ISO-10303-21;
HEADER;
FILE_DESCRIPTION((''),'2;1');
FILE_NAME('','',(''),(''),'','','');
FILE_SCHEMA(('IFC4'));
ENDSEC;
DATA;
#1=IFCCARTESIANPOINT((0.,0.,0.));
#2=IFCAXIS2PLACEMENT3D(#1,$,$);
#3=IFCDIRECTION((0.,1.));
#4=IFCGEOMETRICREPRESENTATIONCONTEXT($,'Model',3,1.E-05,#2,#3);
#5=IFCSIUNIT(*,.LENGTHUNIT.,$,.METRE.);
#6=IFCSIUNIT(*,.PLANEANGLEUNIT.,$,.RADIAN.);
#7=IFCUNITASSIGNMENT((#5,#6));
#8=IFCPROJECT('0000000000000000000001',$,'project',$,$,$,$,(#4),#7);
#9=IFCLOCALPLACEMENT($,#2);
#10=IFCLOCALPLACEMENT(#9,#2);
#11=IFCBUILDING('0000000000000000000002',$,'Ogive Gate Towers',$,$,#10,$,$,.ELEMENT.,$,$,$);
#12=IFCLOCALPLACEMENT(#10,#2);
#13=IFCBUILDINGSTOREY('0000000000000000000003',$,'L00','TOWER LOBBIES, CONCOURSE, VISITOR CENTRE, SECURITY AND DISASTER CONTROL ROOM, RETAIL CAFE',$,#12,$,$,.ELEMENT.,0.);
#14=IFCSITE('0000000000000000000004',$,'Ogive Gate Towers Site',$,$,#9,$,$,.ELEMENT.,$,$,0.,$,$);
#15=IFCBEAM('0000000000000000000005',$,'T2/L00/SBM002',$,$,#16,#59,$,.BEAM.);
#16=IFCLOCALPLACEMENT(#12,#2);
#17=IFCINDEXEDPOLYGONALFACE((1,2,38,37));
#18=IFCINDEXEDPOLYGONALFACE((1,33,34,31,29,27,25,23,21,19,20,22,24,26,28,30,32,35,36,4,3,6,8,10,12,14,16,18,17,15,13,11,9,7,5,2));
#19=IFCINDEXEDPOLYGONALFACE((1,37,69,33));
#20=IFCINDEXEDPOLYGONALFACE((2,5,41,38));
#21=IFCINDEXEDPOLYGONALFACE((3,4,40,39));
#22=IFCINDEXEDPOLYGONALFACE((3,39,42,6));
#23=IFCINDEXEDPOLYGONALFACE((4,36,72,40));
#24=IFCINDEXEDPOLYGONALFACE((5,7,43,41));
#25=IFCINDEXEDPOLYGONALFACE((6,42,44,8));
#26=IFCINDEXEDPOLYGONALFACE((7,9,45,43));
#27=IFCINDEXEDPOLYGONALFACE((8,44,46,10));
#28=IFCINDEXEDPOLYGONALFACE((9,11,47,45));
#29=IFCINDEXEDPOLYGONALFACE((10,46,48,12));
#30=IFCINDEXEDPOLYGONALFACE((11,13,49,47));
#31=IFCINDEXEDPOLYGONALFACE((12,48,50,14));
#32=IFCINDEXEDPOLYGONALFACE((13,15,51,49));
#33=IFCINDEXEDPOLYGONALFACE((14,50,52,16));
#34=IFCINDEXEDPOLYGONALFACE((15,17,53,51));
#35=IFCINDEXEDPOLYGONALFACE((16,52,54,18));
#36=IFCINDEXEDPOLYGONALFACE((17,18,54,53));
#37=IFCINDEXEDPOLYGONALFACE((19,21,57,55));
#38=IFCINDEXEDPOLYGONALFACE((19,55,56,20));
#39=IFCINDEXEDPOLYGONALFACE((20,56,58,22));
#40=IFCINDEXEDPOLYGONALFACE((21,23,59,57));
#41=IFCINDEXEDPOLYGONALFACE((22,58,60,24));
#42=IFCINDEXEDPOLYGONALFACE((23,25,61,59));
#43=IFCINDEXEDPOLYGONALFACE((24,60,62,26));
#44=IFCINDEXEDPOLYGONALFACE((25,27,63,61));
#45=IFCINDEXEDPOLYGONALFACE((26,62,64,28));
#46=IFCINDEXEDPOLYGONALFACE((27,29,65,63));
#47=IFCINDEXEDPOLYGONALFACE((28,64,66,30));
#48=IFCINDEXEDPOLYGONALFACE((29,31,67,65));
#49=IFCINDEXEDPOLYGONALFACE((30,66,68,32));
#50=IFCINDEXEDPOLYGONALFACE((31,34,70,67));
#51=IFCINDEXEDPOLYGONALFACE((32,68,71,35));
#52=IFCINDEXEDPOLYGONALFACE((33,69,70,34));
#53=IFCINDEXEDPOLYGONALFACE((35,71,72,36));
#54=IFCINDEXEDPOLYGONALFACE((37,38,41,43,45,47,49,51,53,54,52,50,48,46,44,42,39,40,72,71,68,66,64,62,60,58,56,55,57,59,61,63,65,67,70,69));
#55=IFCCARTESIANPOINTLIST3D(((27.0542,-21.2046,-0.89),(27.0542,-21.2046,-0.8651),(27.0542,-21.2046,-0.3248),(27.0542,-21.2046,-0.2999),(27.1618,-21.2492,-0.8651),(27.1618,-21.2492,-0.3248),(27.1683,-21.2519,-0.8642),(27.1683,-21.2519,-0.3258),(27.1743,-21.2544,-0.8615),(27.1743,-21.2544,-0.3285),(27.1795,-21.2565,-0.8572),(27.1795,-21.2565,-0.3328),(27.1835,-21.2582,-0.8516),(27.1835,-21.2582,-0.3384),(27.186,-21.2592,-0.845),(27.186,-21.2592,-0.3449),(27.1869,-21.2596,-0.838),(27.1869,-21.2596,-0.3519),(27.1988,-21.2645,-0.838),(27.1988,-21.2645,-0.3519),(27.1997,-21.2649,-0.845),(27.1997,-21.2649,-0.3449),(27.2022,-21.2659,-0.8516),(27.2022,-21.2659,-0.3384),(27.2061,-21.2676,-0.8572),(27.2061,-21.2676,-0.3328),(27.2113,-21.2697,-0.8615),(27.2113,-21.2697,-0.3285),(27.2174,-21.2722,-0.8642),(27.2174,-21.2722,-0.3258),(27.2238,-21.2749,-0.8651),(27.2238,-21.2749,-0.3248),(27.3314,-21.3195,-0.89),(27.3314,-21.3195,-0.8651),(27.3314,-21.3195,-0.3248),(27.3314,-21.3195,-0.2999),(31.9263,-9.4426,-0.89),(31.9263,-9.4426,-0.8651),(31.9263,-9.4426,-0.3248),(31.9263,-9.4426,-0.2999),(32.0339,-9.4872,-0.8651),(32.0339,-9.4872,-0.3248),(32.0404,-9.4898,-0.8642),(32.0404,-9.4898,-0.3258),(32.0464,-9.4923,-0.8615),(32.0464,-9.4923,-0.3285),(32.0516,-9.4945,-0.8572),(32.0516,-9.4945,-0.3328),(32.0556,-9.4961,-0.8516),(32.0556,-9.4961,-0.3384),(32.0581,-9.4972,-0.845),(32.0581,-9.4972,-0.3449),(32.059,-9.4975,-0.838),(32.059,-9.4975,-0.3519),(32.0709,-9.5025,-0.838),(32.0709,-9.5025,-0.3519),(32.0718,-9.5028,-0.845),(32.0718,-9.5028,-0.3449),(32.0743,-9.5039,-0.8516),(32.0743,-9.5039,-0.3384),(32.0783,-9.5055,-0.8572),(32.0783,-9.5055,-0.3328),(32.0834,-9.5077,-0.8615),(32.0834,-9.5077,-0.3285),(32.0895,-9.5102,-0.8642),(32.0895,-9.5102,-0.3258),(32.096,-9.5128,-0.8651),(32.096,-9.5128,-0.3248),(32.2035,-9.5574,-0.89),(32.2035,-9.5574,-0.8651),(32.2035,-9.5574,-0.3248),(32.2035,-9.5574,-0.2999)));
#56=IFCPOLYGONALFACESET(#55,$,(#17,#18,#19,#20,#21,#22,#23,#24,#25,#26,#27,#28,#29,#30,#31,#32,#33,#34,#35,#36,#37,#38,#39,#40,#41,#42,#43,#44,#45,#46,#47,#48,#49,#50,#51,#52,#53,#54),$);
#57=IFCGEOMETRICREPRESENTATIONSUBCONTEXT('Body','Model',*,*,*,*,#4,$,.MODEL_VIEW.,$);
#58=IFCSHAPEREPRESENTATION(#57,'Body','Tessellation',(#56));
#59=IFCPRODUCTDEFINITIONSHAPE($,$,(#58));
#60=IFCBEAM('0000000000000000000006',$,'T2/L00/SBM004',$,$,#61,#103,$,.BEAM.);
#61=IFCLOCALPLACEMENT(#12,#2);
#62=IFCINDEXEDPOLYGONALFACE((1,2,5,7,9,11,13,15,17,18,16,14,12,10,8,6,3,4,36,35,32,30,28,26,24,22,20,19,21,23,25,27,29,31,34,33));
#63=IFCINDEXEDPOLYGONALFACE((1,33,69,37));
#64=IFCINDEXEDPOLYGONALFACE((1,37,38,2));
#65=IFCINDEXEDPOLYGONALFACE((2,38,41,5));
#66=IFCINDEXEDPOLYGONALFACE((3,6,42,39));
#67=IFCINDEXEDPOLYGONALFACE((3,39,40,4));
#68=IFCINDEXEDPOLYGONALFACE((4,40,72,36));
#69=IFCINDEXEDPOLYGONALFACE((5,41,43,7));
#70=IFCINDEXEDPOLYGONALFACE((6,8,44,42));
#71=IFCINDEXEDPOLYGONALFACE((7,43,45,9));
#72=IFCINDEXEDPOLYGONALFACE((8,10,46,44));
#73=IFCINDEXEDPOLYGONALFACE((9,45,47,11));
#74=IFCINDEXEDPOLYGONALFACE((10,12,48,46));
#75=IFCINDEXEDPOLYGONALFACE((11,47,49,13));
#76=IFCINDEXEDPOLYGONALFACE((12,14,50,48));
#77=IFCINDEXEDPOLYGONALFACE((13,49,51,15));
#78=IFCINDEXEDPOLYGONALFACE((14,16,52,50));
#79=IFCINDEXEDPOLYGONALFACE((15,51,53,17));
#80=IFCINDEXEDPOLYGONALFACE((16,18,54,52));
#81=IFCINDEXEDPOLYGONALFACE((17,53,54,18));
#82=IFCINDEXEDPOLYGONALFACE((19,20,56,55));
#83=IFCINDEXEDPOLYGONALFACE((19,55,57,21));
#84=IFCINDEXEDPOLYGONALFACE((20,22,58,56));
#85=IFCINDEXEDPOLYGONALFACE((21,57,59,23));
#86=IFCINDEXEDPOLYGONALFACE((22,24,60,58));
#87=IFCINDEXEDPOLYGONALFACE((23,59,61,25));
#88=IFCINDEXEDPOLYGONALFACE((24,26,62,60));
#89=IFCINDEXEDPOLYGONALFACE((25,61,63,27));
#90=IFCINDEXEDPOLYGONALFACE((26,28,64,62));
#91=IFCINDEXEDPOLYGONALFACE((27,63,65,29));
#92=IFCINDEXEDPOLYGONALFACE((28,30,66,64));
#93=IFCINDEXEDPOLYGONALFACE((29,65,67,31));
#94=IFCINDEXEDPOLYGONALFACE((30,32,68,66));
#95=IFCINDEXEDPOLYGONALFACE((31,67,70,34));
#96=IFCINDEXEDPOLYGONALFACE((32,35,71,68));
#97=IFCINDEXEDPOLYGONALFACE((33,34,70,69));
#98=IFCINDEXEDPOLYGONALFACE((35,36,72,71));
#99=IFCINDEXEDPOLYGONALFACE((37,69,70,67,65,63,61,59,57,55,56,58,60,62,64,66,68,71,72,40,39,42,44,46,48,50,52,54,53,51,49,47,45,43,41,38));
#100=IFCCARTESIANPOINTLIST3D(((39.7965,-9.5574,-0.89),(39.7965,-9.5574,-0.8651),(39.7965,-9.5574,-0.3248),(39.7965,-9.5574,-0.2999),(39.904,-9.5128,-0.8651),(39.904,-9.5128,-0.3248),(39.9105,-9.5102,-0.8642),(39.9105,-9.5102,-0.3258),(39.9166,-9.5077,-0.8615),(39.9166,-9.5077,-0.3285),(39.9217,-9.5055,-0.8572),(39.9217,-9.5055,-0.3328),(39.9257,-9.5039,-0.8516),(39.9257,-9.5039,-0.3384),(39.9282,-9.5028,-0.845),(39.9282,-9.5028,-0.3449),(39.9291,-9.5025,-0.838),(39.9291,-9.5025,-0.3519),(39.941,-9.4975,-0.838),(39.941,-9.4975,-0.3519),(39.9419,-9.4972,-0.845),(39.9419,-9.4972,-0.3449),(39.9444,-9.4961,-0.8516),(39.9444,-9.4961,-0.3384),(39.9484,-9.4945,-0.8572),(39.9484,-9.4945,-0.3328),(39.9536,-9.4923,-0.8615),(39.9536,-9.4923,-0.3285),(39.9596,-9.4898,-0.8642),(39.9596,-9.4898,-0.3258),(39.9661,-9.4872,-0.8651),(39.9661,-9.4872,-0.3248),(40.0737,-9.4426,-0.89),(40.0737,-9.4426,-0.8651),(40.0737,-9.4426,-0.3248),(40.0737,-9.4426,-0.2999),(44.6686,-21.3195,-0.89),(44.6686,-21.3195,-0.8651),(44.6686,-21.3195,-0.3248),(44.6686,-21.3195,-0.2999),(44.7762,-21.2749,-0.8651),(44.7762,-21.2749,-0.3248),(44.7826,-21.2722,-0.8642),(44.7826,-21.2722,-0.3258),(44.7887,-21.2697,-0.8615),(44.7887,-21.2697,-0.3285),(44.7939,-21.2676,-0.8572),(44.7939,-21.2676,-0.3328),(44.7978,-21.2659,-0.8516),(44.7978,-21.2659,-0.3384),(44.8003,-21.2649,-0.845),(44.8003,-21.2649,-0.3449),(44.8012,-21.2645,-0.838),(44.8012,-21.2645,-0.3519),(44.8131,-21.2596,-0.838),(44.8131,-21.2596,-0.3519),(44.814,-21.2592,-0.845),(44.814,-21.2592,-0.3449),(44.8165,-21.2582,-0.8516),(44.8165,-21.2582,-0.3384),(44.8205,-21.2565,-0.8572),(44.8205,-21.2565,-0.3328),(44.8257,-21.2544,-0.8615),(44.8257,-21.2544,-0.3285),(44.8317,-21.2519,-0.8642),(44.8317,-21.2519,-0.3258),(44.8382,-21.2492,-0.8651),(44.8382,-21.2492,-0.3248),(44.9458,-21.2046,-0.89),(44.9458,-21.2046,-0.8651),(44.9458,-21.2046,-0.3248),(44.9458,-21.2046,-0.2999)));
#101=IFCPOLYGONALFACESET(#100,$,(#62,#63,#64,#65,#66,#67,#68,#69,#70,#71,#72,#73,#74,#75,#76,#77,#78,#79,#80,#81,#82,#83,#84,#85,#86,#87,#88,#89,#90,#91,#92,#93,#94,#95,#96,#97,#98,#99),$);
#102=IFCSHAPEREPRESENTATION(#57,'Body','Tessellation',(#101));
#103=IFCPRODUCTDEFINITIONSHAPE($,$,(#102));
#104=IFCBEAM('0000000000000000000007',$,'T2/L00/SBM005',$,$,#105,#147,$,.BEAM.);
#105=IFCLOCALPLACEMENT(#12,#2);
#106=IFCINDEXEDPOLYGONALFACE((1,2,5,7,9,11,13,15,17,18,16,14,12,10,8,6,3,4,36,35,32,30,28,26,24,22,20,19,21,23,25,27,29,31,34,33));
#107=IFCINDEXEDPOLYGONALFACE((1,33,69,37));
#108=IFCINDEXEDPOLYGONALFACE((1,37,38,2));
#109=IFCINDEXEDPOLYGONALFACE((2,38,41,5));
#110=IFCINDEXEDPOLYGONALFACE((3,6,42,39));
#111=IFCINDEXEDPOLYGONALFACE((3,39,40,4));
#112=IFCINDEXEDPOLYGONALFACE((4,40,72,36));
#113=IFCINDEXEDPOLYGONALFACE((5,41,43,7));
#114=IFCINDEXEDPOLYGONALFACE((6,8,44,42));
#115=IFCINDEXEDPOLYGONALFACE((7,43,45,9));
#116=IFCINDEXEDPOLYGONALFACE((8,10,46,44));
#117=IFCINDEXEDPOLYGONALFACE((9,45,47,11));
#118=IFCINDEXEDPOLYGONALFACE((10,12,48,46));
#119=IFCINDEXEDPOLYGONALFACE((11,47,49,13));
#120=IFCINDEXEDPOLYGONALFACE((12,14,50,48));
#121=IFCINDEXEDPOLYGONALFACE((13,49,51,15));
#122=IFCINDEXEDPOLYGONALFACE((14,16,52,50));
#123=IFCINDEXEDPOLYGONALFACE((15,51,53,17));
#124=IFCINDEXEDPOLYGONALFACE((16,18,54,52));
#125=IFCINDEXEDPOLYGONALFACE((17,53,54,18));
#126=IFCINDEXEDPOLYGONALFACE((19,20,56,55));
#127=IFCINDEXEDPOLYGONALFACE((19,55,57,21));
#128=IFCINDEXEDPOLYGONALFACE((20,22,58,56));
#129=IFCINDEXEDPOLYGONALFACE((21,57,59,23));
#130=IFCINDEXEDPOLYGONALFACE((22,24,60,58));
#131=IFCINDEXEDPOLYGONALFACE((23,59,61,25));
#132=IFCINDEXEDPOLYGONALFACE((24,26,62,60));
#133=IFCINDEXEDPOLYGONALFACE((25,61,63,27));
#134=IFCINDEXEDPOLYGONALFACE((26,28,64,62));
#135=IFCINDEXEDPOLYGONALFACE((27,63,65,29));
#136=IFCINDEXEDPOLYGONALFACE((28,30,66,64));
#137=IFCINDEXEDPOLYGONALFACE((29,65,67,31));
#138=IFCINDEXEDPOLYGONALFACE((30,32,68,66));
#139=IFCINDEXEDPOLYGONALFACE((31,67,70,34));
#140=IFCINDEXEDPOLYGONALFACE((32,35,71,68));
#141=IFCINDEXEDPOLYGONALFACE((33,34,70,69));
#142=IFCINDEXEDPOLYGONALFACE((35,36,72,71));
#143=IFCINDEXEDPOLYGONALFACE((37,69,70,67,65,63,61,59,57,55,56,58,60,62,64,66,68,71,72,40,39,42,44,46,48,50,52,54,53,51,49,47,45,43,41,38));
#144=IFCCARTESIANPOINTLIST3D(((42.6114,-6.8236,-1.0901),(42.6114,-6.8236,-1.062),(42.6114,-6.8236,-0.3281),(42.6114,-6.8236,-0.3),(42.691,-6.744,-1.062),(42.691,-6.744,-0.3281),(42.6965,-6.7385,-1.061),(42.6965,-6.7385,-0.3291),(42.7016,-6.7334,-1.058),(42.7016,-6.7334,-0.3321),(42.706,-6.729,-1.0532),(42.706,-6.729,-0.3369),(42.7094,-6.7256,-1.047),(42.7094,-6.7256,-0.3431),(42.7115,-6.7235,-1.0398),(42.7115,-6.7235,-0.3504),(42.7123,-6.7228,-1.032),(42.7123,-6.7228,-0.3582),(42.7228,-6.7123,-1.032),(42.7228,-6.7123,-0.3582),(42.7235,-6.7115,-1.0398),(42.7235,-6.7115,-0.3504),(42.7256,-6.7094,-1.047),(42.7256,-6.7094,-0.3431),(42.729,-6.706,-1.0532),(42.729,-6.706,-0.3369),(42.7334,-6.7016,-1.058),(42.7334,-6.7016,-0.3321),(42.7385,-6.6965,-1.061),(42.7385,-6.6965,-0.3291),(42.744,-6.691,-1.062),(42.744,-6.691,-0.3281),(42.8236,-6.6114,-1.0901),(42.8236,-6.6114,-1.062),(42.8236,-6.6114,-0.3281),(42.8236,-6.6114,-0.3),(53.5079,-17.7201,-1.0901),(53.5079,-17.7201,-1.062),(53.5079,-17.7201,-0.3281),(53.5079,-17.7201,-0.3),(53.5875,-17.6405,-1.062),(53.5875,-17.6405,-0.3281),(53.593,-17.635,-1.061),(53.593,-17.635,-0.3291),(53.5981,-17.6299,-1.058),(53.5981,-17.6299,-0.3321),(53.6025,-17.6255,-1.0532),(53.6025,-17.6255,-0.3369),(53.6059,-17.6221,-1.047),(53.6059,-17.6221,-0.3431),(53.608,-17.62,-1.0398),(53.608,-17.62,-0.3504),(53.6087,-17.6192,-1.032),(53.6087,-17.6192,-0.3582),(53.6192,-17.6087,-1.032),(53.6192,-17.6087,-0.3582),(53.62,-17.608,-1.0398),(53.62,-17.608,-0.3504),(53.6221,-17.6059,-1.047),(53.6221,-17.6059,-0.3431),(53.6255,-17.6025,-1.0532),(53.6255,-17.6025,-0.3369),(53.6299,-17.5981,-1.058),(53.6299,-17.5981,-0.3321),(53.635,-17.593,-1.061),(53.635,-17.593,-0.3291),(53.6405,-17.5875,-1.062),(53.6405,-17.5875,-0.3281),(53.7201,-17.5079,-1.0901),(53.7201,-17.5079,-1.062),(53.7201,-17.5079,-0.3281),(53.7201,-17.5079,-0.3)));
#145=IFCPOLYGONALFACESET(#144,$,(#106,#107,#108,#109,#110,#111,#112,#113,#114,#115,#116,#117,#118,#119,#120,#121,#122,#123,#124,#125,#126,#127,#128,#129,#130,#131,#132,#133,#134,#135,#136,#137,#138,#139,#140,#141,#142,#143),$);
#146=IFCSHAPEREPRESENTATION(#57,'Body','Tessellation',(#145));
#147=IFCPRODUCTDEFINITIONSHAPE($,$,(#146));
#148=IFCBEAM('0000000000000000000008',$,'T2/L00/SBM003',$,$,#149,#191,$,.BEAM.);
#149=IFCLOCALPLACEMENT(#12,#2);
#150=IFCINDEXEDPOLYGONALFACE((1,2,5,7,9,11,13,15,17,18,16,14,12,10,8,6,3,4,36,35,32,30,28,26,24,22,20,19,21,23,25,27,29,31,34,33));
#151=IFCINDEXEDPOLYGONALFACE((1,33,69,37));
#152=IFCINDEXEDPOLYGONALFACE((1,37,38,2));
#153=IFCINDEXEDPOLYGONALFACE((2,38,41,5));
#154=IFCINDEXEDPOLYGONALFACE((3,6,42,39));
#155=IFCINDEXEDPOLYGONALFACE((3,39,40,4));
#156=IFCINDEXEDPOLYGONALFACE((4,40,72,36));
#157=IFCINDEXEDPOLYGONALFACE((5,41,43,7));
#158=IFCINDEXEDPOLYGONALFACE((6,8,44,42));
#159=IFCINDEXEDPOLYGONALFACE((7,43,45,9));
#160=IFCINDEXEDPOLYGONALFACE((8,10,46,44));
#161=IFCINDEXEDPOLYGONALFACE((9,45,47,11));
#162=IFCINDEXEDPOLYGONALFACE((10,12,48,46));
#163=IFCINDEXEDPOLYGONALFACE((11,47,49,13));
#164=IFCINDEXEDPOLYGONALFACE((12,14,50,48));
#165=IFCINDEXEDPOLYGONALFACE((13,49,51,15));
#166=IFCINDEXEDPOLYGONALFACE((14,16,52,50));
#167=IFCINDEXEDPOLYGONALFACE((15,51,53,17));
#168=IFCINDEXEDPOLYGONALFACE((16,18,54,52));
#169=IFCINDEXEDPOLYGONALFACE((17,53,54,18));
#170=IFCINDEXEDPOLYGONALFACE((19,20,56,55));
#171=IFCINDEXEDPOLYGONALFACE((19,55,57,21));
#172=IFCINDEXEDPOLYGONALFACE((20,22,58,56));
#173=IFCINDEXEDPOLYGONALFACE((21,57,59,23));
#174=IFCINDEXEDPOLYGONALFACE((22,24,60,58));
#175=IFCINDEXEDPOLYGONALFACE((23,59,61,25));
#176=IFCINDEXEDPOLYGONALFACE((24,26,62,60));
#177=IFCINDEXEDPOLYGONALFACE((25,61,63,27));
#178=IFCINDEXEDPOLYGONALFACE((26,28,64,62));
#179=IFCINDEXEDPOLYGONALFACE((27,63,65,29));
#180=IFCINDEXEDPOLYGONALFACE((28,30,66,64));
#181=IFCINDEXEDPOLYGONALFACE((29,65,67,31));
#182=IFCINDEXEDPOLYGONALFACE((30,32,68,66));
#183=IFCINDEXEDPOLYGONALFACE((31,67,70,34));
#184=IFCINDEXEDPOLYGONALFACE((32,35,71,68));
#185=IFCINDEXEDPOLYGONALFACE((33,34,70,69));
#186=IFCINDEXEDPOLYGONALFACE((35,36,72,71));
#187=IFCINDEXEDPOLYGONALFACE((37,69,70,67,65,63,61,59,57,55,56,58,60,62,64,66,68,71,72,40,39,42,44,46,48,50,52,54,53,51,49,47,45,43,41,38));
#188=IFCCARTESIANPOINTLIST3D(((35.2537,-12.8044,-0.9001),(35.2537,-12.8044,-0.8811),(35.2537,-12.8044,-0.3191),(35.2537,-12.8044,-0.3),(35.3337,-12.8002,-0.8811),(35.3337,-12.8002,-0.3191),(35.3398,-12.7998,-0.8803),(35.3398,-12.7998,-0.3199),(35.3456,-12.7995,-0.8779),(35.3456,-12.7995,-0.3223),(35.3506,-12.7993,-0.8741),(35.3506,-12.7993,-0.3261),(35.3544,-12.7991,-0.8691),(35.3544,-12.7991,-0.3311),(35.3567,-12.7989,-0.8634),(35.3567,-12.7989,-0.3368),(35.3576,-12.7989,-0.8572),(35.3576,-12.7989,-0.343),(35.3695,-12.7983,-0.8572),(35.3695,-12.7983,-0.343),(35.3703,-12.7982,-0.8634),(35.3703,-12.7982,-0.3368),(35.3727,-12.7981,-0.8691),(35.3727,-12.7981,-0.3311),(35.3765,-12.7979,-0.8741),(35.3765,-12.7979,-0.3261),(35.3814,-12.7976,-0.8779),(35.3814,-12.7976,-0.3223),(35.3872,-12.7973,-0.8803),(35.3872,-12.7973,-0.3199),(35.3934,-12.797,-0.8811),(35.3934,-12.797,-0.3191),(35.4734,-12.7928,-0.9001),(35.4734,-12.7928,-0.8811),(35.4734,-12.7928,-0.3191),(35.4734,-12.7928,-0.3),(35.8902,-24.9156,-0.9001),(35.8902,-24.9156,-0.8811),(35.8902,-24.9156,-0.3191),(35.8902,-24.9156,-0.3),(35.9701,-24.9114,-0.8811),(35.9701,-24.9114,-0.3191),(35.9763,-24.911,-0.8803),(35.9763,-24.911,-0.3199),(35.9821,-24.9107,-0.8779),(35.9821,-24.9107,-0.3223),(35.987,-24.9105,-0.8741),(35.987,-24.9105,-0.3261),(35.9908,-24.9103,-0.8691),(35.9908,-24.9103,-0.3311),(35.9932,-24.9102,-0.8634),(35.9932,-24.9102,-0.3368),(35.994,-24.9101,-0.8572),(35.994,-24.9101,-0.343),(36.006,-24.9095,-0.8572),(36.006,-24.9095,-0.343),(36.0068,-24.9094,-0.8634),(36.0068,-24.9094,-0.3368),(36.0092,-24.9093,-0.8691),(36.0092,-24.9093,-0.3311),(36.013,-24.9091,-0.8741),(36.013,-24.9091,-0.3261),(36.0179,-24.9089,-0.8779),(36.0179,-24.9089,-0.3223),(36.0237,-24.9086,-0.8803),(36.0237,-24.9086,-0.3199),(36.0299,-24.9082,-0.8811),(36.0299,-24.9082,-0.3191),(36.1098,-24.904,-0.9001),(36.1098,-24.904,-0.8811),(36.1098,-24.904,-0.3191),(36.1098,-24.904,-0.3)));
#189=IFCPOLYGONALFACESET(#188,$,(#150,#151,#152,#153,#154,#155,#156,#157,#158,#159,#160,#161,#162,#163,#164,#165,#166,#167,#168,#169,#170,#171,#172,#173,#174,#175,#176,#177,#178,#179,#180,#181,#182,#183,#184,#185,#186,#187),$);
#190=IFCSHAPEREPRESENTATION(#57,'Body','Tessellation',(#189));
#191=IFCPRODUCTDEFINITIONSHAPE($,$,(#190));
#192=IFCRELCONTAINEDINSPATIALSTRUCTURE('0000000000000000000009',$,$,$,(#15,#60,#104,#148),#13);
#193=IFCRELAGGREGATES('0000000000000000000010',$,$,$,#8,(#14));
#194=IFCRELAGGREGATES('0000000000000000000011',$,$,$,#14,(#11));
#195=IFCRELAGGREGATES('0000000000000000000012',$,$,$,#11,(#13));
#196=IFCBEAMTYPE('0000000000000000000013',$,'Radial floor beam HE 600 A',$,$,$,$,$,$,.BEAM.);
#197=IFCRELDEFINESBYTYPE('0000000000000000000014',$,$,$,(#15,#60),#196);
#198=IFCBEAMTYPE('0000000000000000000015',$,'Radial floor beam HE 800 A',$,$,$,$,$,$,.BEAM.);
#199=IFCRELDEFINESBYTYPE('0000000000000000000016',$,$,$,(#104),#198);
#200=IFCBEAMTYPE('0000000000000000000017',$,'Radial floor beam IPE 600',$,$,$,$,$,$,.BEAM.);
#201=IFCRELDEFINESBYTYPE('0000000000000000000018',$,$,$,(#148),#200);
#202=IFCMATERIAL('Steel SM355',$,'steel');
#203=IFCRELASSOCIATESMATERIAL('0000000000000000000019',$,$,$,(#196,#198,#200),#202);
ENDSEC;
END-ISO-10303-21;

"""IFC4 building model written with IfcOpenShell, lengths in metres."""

from ifc_helpers import new_model, si_unit, direction, frame, origin, origin_2d, place, context, subcontext, project, spatial, i_section, extrude, material, material_profile, profile_set, type_object, element, save


model = new_model("IFC4")

# Units and contexts
model_context = context("Model", 3, precision=1e-05, world=origin(), true_north=direction((0.0, 1.0)))
body_context = subcontext(model_context, "Body", "Model", "MODEL_VIEW")
ifc_project = project(units=[si_unit("LENGTHUNIT", "METRE"), si_unit("PLANEANGLEUNIT", "RADIAN")], contexts=[model_context])

# Site, building, storey
site_placement = place(None, origin())
site = spatial("IfcSite", under=ifc_project, at=site_placement, Name="Ogive Gate Towers Site", CompositionType="ELEMENT", RefElevation=0.0)
building_placement = place(site_placement, origin())
building = spatial("IfcBuilding", under=site, at=building_placement, Name="Ogive Gate Towers", CompositionType="ELEMENT")
storey_placement = place(building_placement, origin())
storey = spatial("IfcBuildingStorey", under=building, at=storey_placement, Name="L00", Description="TOWER LOBBIES, CONCOURSE, VISITOR CENTRE, SECURITY AND DISASTER CONTROL ROOM, RETAIL CAFE", CompositionType="ELEMENT", Elevation=0.0)

# Beams
ifc_material_1 = material(Name="Steel SM355", Category="steel")
ifc_material_profile_1 = material_profile(ifc_material_1, i_section(OverallWidth=0.3, OverallDepth=0.5901, WebThickness=0.0129, FlangeThickness=0.0249, FilletRadius=0.0271, at=origin_2d()), Name="HE 600 A")
ifc_profile_set_1 = profile_set([ifc_material_profile_1], Name="Steel SM355")
beam_type_1 = type_object("IfcBeamType", Name="Radial floor beam HE 600 A", PredefinedType="BEAM", material=ifc_profile_set_1)
for number, where, z_axis, x_axis, name in (
    (1, (32.0649, -9.5, -0.595), (-0.382691, -0.923877, 0.0), (0.923877, -0.382691, 0.0), "T2/L00/SBM002"),
    (2, (39.9351, -9.5, -0.595), (0.382691, -0.923877, 0.0), (0.923877, 0.382691, 0.0), "T2/L00/SBM004"),
):
    element("IfcBeam", number, at=place(storey_placement, frame(where, z_axis=z_axis, x_axis=x_axis)), inside=storey, type_object=beam_type_1, Name=name, PredefinedType="BEAM", context=body_context, shape_type="SweptSolid", body=[
        extrude(i_section(OverallWidth=0.3, OverallDepth=0.5901, WebThickness=0.0129, FlangeThickness=0.0249, FilletRadius=0.0271, at=origin_2d()), origin(), (0.0, 0.0, 1.0), 12.7312),
    ])
ifc_material_profile_2 = material_profile(ifc_material_1, i_section(OverallWidth=0.3, OverallDepth=0.79, WebThickness=0.0149, FlangeThickness=0.0281, FilletRadius=0.03, at=origin_2d()), Name="HE 800 A")
ifc_profile_set_2 = profile_set([ifc_material_profile_2], Name="Steel SM355")
beam_type_2 = type_object("IfcBeamType", Name="Radial floor beam HE 800 A", PredefinedType="BEAM", material=ifc_profile_set_2)
beam_1_placement = place(storey_placement, frame((42.7175, -6.7175, -0.6951), z_axis=(0.707107, -0.707107, 0.0), x_axis=(0.707107, 0.707107, 0.0)))
element("IfcBeam", 3, at=beam_1_placement, inside=storey, type_object=beam_type_2, Name="T2/L00/SBM005", PredefinedType="BEAM", context=body_context, shape_type="SweptSolid", body=[
    extrude(i_section(OverallWidth=0.3, OverallDepth=0.79, WebThickness=0.0149, FlangeThickness=0.0281, FilletRadius=0.03, at=origin_2d()), origin(), (0.0, 0.0, 1.0), 15.4099),
])
ifc_material_profile_3 = material_profile(ifc_material_1, i_section(OverallWidth=0.22, OverallDepth=0.6001, WebThickness=0.012, FlangeThickness=0.019, FilletRadius=0.0239, at=origin_2d()), Name="IPE 600")
ifc_profile_set_3 = profile_set([ifc_material_profile_3], Name="Steel SM355")
beam_type_3 = type_object("IfcBeamType", Name="Radial floor beam IPE 600", PredefinedType="BEAM", material=ifc_profile_set_3)
beam_2_placement = place(storey_placement, frame((35.3635, -12.7986, -0.6001), z_axis=(0.05248, -0.998622, 0.0), x_axis=(0.998622, 0.05248, 0.0)))
element("IfcBeam", 4, at=beam_2_placement, inside=storey, type_object=beam_type_3, Name="T2/L00/SBM003", PredefinedType="BEAM", context=body_context, shape_type="SweptSolid", body=[
    extrude(i_section(OverallWidth=0.22, OverallDepth=0.6001, WebThickness=0.012, FlangeThickness=0.019, FilletRadius=0.0239, at=origin_2d()), origin(), (0.0, 0.0, 1.0), 12.1279),
])

save(model, "model.ifc")
